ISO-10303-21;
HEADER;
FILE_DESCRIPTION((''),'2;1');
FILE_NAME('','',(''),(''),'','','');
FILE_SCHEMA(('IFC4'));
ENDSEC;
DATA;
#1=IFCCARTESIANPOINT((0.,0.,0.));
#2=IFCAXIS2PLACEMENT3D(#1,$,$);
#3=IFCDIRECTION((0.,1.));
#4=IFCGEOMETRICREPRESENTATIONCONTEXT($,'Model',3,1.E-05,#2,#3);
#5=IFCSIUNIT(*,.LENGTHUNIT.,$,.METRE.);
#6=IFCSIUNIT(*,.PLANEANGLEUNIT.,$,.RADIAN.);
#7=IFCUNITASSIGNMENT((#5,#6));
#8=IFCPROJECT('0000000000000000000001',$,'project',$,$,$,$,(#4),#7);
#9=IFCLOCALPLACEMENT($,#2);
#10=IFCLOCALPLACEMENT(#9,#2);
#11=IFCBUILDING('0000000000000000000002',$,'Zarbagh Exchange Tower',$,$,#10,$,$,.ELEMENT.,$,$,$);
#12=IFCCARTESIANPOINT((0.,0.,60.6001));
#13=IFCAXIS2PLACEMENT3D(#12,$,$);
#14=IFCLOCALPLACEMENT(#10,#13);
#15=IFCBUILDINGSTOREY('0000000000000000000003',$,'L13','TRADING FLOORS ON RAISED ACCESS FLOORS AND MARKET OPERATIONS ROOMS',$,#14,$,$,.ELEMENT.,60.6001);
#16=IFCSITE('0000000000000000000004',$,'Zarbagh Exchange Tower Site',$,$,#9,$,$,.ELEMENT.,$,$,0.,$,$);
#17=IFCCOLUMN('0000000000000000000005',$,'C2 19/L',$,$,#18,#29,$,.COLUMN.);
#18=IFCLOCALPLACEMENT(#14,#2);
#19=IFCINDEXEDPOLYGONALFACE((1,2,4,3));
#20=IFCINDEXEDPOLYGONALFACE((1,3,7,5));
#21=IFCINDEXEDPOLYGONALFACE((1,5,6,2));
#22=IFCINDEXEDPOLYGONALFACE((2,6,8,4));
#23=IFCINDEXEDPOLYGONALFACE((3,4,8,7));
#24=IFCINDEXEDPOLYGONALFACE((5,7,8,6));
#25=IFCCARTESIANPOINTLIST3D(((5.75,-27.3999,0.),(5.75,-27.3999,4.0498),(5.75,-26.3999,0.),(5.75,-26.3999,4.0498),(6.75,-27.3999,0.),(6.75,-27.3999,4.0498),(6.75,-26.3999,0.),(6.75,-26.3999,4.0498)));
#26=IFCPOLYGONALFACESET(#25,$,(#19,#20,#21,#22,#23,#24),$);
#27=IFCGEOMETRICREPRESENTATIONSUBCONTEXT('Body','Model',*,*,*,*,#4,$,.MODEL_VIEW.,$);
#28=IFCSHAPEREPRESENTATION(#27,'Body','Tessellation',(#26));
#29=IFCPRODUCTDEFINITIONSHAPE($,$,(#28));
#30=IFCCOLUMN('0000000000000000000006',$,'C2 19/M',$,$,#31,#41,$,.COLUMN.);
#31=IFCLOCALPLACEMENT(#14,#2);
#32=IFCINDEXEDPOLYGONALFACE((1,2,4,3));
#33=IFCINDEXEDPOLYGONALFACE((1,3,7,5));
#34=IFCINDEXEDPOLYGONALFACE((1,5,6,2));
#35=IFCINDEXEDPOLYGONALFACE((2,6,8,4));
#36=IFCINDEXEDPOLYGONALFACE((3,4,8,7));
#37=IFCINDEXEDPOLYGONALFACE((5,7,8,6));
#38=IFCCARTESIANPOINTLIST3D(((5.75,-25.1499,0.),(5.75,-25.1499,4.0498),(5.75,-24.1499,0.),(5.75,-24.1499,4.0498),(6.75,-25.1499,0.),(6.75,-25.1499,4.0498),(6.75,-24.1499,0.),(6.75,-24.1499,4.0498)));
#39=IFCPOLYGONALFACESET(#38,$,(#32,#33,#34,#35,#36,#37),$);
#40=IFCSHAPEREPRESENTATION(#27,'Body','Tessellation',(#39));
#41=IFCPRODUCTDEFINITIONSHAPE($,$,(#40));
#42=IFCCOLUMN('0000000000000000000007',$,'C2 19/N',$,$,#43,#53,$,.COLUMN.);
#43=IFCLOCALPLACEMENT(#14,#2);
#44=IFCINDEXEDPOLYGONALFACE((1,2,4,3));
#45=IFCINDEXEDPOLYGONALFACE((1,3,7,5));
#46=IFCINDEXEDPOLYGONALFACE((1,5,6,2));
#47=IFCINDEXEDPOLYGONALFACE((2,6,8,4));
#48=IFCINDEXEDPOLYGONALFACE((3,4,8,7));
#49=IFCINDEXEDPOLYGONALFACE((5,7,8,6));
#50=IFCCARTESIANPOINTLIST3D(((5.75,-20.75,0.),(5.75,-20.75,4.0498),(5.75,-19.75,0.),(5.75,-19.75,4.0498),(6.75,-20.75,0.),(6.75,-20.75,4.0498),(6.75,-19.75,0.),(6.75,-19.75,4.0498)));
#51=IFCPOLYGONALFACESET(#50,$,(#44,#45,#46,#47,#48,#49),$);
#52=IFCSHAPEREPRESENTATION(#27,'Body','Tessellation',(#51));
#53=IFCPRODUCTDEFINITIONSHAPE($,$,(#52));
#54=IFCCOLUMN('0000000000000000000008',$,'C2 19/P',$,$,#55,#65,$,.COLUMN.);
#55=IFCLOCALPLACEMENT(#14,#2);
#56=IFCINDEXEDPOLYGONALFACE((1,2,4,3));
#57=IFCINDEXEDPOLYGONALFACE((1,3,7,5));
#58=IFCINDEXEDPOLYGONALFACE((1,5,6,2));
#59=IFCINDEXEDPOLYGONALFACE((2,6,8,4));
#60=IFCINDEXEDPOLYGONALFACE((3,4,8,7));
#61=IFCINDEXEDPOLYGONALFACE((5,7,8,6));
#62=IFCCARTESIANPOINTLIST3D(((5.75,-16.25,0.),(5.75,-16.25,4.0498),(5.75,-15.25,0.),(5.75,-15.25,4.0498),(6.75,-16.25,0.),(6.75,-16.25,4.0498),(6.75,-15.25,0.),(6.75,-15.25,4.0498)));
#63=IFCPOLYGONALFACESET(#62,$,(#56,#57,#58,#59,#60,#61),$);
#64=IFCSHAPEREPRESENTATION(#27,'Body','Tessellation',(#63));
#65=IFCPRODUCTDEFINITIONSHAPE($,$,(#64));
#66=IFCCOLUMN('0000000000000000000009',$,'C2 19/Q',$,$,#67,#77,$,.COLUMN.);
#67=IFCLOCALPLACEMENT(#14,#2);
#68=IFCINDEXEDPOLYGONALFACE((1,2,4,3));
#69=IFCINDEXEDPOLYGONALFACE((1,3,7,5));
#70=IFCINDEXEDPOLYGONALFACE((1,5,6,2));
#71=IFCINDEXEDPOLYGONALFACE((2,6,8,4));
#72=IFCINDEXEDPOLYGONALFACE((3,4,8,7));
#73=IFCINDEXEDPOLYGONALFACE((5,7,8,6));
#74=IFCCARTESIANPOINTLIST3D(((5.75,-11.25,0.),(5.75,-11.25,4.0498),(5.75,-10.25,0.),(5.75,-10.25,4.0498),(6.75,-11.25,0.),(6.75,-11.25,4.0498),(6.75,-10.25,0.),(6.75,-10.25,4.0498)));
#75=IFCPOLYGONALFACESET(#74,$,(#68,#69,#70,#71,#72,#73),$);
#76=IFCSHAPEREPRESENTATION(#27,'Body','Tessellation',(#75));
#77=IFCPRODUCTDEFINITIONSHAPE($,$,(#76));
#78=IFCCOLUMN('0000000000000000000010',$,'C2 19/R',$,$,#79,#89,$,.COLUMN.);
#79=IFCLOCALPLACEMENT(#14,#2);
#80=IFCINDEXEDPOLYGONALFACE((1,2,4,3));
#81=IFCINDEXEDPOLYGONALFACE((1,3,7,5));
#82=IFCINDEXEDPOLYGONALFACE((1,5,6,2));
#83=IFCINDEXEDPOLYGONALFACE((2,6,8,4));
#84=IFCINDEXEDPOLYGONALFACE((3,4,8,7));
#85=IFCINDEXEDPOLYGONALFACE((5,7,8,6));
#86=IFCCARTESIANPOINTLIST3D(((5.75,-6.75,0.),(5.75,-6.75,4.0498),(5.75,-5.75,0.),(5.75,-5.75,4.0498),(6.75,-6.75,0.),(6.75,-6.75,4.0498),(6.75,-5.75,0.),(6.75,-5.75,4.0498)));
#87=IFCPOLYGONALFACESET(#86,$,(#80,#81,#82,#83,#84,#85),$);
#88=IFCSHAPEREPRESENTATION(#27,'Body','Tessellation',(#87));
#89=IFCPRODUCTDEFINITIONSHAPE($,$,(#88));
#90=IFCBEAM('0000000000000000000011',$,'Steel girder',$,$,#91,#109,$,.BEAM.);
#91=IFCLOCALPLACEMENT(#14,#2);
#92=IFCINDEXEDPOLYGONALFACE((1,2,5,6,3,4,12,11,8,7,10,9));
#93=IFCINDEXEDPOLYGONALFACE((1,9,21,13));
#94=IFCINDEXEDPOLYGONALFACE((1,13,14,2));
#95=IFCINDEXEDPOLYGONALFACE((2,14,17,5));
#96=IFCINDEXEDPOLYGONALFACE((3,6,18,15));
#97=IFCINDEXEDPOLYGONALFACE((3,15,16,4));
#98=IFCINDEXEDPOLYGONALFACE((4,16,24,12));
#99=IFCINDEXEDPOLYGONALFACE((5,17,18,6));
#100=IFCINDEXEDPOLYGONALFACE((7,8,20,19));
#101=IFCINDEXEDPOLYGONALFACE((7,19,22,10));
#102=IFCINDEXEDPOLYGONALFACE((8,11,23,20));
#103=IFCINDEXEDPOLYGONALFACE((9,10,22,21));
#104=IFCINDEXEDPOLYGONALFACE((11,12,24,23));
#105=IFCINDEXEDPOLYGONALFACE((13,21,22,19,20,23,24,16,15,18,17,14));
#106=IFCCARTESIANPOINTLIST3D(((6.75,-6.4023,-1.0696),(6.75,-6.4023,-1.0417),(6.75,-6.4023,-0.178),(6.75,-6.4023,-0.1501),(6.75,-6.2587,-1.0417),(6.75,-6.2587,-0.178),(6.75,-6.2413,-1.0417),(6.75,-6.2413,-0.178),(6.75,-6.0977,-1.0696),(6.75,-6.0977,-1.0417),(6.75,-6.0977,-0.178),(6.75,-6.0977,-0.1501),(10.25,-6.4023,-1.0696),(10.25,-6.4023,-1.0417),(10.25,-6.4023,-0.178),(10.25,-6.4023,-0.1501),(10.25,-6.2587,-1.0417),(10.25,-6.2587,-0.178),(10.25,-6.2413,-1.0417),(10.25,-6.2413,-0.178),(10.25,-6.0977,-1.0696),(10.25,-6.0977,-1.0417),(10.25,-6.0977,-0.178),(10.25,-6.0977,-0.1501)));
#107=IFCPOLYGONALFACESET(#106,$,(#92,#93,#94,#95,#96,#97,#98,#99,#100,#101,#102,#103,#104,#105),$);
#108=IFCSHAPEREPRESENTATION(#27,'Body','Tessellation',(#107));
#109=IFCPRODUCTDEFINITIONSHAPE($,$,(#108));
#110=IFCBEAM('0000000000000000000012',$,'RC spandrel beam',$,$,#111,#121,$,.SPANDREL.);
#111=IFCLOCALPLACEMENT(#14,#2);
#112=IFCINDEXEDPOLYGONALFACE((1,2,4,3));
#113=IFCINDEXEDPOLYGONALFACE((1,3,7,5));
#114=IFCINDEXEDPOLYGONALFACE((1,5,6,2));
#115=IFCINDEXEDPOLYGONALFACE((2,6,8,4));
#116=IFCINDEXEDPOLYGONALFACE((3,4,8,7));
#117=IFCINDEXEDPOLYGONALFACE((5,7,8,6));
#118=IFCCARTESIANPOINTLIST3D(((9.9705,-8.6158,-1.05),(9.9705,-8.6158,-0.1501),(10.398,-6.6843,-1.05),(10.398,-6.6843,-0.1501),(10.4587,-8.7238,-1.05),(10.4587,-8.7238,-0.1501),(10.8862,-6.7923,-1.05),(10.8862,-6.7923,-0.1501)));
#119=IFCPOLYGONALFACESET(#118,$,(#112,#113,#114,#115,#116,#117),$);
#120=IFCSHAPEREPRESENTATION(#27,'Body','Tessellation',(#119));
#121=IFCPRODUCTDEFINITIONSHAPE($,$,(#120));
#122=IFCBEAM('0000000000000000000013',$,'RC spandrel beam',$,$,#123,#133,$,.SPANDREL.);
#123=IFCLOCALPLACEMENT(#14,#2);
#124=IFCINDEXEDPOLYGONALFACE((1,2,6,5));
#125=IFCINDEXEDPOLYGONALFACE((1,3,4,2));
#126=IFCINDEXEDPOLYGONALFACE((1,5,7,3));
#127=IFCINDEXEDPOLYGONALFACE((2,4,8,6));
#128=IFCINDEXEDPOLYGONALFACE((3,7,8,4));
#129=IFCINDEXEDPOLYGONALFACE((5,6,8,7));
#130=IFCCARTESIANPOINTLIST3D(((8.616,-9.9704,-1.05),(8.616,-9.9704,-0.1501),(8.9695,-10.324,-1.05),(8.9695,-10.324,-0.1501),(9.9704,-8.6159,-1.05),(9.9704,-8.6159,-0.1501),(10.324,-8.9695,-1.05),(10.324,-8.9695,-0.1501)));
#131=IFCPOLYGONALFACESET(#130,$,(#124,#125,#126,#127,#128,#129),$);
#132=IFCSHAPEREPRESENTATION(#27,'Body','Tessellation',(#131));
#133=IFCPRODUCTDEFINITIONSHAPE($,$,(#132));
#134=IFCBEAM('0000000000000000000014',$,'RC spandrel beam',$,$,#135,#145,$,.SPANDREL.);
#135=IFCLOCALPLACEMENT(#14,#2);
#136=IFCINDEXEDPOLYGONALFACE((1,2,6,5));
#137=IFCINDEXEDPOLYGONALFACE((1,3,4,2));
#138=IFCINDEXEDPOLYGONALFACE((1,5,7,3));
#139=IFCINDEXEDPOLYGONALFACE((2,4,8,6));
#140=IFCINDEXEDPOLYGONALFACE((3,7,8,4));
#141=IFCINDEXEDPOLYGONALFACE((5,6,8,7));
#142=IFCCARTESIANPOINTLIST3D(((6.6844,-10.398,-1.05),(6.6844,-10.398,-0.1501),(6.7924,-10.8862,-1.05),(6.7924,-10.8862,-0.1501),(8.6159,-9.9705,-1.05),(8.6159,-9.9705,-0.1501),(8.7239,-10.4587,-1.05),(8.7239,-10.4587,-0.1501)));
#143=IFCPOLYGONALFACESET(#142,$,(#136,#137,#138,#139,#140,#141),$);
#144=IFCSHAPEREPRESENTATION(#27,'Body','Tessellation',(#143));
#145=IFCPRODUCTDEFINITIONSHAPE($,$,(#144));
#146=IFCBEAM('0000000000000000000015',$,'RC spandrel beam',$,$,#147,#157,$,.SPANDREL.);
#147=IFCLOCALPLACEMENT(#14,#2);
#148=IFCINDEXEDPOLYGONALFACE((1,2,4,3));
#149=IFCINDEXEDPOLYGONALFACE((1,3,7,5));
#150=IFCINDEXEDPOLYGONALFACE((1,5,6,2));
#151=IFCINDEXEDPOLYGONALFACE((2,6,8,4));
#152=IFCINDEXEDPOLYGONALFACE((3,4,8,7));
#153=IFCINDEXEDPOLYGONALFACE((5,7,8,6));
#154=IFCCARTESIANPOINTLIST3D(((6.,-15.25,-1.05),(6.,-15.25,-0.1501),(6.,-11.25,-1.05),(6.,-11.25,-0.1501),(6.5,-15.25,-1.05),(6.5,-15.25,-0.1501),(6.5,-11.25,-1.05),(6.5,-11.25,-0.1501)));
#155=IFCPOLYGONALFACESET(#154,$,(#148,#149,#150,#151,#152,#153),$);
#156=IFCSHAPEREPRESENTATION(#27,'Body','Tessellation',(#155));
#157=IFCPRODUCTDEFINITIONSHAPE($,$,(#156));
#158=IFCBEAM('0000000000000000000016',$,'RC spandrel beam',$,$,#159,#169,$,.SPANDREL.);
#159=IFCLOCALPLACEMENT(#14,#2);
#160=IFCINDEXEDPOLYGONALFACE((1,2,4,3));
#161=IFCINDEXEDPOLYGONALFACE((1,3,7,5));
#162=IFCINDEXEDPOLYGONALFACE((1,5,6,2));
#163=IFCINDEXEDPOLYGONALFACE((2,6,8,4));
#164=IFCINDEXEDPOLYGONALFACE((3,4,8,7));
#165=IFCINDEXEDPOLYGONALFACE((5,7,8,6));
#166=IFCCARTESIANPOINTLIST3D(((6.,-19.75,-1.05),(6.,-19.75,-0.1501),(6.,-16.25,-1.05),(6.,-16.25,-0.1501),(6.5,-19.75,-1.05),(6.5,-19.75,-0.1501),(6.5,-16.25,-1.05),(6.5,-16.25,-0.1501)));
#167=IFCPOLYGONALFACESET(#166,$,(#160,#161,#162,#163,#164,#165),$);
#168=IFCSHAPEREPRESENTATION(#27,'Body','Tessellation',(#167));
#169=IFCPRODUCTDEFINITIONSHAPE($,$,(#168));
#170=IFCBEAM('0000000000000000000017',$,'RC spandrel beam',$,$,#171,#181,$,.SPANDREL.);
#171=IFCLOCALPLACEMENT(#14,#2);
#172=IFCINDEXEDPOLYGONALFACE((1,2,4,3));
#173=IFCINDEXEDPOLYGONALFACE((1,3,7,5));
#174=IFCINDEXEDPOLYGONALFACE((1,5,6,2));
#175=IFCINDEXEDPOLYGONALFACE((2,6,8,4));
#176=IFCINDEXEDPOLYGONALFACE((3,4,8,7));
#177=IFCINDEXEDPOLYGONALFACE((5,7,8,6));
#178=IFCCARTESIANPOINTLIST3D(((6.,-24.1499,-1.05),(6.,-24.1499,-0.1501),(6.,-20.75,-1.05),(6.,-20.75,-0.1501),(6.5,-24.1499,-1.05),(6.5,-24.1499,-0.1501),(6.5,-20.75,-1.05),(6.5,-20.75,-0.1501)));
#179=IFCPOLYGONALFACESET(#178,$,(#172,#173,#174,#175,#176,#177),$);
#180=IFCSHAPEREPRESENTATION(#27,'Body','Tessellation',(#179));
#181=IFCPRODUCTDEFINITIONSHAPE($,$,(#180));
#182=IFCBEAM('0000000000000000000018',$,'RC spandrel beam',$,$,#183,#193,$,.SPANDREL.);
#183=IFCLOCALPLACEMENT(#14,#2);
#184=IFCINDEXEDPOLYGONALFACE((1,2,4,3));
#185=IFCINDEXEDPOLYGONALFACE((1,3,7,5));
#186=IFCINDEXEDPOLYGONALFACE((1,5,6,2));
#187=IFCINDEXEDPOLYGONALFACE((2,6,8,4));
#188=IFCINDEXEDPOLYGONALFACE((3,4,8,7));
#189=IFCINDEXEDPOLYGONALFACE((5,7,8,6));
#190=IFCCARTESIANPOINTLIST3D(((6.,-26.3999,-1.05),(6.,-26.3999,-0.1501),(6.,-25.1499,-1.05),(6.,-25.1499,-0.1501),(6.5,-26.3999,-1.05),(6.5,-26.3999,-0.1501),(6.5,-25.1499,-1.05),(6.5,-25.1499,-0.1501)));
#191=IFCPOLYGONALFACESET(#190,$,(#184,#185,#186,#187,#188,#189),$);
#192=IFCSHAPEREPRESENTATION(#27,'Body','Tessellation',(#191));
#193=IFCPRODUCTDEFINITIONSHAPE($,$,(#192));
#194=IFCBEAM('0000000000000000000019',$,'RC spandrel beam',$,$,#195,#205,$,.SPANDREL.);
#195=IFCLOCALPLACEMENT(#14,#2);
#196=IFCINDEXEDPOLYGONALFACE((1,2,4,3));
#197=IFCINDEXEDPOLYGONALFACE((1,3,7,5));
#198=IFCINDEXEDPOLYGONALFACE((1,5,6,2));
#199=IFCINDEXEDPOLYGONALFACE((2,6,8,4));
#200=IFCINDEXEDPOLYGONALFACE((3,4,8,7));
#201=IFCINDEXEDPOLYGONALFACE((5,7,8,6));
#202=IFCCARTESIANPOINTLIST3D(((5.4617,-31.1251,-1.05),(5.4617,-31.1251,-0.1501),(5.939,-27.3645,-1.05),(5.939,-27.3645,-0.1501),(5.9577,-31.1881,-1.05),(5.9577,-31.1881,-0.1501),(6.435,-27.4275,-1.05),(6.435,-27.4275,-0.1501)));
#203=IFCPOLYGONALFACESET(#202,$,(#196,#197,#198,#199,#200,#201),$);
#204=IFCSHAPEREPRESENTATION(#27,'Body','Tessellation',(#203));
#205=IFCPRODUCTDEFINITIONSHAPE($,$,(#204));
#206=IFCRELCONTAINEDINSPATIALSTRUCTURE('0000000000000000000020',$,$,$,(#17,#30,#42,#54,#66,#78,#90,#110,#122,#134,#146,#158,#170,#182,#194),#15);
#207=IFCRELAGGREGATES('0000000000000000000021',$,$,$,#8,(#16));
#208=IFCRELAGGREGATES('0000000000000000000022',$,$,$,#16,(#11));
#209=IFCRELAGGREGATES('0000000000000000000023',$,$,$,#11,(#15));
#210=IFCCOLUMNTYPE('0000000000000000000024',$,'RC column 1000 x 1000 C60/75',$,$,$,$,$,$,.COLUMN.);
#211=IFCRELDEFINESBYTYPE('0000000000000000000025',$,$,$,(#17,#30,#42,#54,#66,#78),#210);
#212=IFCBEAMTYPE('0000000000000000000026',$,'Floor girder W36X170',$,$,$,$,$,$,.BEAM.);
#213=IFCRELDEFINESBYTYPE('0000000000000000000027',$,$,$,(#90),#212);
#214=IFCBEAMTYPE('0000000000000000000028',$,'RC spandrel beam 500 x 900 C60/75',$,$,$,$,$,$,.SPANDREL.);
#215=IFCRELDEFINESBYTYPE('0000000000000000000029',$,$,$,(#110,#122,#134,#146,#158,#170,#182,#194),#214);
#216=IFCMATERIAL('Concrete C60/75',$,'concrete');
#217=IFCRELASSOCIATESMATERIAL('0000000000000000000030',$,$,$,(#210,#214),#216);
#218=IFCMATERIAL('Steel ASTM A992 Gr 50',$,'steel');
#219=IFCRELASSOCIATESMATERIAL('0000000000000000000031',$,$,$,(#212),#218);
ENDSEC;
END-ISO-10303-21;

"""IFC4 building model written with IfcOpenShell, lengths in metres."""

from ifc_helpers import new_model, si_unit, direction, frame, origin, origin_2d, place, context, subcontext, project, spatial, rectangle, i_section, extrude, material, material_profile, profile_set, type_object, element, save


model = new_model("IFC4")

# Units and contexts
model_context = context("Model", 3, precision=1e-05, world=origin(), true_north=direction((0.0, 1.0)))
body_context = subcontext(model_context, "Body", "Model", "MODEL_VIEW")
ifc_project = project(units=[si_unit("LENGTHUNIT", "METRE"), si_unit("PLANEANGLEUNIT", "RADIAN")], contexts=[model_context])

# Site, building, storey
site_placement = place(None, origin())
site = spatial("IfcSite", under=ifc_project, at=site_placement, Name="Zarbagh Exchange Tower Site", CompositionType="ELEMENT", RefElevation=0.0)
building_placement = place(site_placement, origin())
building = spatial("IfcBuilding", under=site, at=building_placement, Name="Zarbagh Exchange Tower", CompositionType="ELEMENT")
storey_placement = place(building_placement, frame((0.0, 0.0, 60.6001)))
storey = spatial("IfcBuildingStorey", under=building, at=storey_placement, Name="L13", Description="TRADING FLOORS ON RAISED ACCESS FLOORS AND MARKET OPERATIONS ROOMS", CompositionType="ELEMENT", Elevation=60.6001)

# Columns
ifc_material_1 = material(Name="Concrete C60/75", Category="concrete")
ifc_material_profile_1 = material_profile(ifc_material_1, rectangle(XDim=1.0, YDim=1.0, at=origin_2d()), Name="RC column 1000 x 1000 C60/75")
ifc_profile_set_1 = profile_set([ifc_material_profile_1], Name="Concrete C60/75")
column_type = type_object("IfcColumnType", Name="RC column 1000 x 1000 C60/75", PredefinedType="COLUMN", material=ifc_profile_set_1)
for number, where, z_axis, x_axis, name in (
    (1, (6.25, -26.8999, 0.0), (0.0, 0.0, 1.0), (1.0, 0.0, 0.0), "C2 19/L"),
    (2, (6.25, -24.6499, 0.0), (0.0, 0.0, 1.0), (1.0, 0.0, 0.0), "C2 19/M"),
    (3, (6.25, -20.25, 0.0), (0.0, 0.0, 1.0), (1.0, 0.0, 0.0), "C2 19/N"),
    (4, (6.25, -15.75, 0.0), (0.0, 0.0, 1.0), (1.0, 0.0, 0.0), "C2 19/P"),
    (5, (6.25, -10.75, 0.0), (0.0, 0.0, 1.0), (1.0, 0.0, 0.0), "C2 19/Q"),
    (6, (6.25, -6.25, 0.0), (0.0, 0.0, 1.0), (1.0, 0.0, 0.0), "C2 19/R"),
):
    element("IfcColumn", number, at=place(storey_placement, frame(where, z_axis=z_axis, x_axis=x_axis)), inside=storey, type_object=column_type, Name=name, PredefinedType="COLUMN", context=body_context, shape_type="SweptSolid", body=[
        extrude(rectangle(XDim=1.0, YDim=1.0, at=origin_2d()), origin(), (0.0, 0.0, 1.0), 4.0498),
    ])

# Beams
ifc_material_2 = material(Name="Steel ASTM A992 Gr 50", Category="steel")
ifc_material_profile_2 = material_profile(ifc_material_2, i_section(OverallWidth=0.3047, OverallDepth=0.9194, WebThickness=0.0173, FlangeThickness=0.0278, at=origin_2d()), Name="W36X170")
ifc_profile_set_2 = profile_set([ifc_material_profile_2], Name="Steel ASTM A992 Gr 50")
beam_type_1 = type_object("IfcBeamType", Name="Floor girder W36X170", PredefinedType="BEAM", material=ifc_profile_set_2)
beam_1_placement = place(storey_placement, frame((6.75, -6.25, -0.6099), z_axis=(1.0, 0.0, 0.0), x_axis=(0.0, 1.0, 0.0)))
element("IfcBeam", 7, at=beam_1_placement, inside=storey, type_object=beam_type_1, Name="Steel girder", PredefinedType="BEAM", context=body_context, shape_type="SweptSolid", body=[
    extrude(i_section(OverallWidth=0.3047, OverallDepth=0.9194, WebThickness=0.0173, FlangeThickness=0.0278, at=origin_2d()), origin(), (0.0, 0.0, 1.0), 3.5),
])
ifc_material_profile_3 = material_profile(ifc_material_1, rectangle(XDim=0.5, YDim=0.8999, at=origin_2d()), Name="RC spandrel beam 500 x 900 C60/75")
ifc_profile_set_3 = profile_set([ifc_material_profile_3], Name="Concrete C60/75")
beam_type_2 = type_object("IfcBeamType", Name="RC spandrel beam 500 x 900 C60/75", PredefinedType="SPANDREL", material=ifc_profile_set_3)
beam_2_placement = place(storey_placement, frame((10.6421, -6.7383, -0.6001), z_axis=(-0.216081, -0.976375, 0.0), x_axis=(0.976375, -0.216081, 0.0)))
element("IfcBeam", 8, at=beam_2_placement, inside=storey, type_object=beam_type_2, Name="RC spandrel beam", PredefinedType="SPANDREL", context=body_context, shape_type="SweptSolid", body=[
    extrude(rectangle(XDim=0.5, YDim=0.8999, at=origin_2d()), origin(), (0.0, 0.0, 1.0), 1.9783),
])
beam_3_placement = place(storey_placement, frame((10.1472, -8.7927, -0.6001), z_axis=(-0.707107, -0.707107, 0.0), x_axis=(0.707107, -0.707107, 0.0)))
element("IfcBeam", 9, at=beam_3_placement, inside=storey, type_object=beam_type_2, Name="RC spandrel beam", PredefinedType="SPANDREL", context=body_context, shape_type="SweptSolid", body=[
    extrude(rectangle(XDim=0.5, YDim=0.8999, at=origin_2d()), origin(), (0.0, 0.0, 1.0), 1.9155),
])
beam_4_placement = place(storey_placement, frame((8.6699, -10.2146, -0.6001), z_axis=(-0.976375, -0.216081, 0.0), x_axis=(0.216081, -0.976375, 0.0)))
element("IfcBeam", 10, at=beam_4_placement, inside=storey, type_object=beam_type_2, Name="RC spandrel beam", PredefinedType="SPANDREL", context=body_context, shape_type="SweptSolid", body=[
    extrude(rectangle(XDim=0.5, YDim=0.8999, at=origin_2d()), origin(), (0.0, 0.0, 1.0), 1.9783),
])
beam_5_placement = place(storey_placement, frame((6.25, -11.25, -0.6001), z_axis=(0.0, -1.0, 0.0), x_axis=(1.0, 0.0, 0.0)))
element("IfcBeam", 11, at=beam_5_placement, inside=storey, type_object=beam_type_2, Name="RC spandrel beam", PredefinedType="SPANDREL", context=body_context, shape_type="SweptSolid", body=[
    extrude(rectangle(XDim=0.5, YDim=0.8999, at=origin_2d()), origin(), (0.0, 0.0, 1.0), 4.0),
])
beam_6_placement = place(storey_placement, frame((6.25, -16.25, -0.6001), z_axis=(0.0, -1.0, 0.0), x_axis=(1.0, 0.0, 0.0)))
element("IfcBeam", 12, at=beam_6_placement, inside=storey, type_object=beam_type_2, Name="RC spandrel beam", PredefinedType="SPANDREL", context=body_context, shape_type="SweptSolid", body=[
    extrude(rectangle(XDim=0.5, YDim=0.8999, at=origin_2d()), origin(), (0.0, 0.0, 1.0), 3.5),
])
beam_7_placement = place(storey_placement, frame((6.25, -20.75, -0.6001), z_axis=(0.0, -1.0, 0.0), x_axis=(1.0, 0.0, 0.0)))
element("IfcBeam", 13, at=beam_7_placement, inside=storey, type_object=beam_type_2, Name="RC spandrel beam", PredefinedType="SPANDREL", context=body_context, shape_type="SweptSolid", body=[
    extrude(rectangle(XDim=0.5, YDim=0.8999, at=origin_2d()), origin(), (0.0, 0.0, 1.0), 3.3999),
])
beam_8_placement = place(storey_placement, frame((6.25, -25.1499, -0.6001), z_axis=(0.0, -1.0, 0.0), x_axis=(1.0, 0.0, 0.0)))
element("IfcBeam", 14, at=beam_8_placement, inside=storey, type_object=beam_type_2, Name="RC spandrel beam", PredefinedType="SPANDREL", context=body_context, shape_type="SweptSolid", body=[
    extrude(rectangle(XDim=0.5, YDim=0.8999, at=origin_2d()), origin(), (0.0, 0.0, 1.0), 1.25),
])
beam_9_placement = place(storey_placement, frame((6.187, -27.396, -0.6001), z_axis=(-0.125913, -0.992041, 0.0), x_axis=(0.992041, -0.125913, 0.0)))
element("IfcBeam", 15, at=beam_9_placement, inside=storey, type_object=beam_type_2, Name="RC spandrel beam", PredefinedType="SPANDREL", context=body_context, shape_type="SweptSolid", body=[
    extrude(rectangle(XDim=0.5, YDim=0.8999, at=origin_2d()), origin(), (0.0, 0.0, 1.0), 3.7908),
])

save(model, "model.ifc")
